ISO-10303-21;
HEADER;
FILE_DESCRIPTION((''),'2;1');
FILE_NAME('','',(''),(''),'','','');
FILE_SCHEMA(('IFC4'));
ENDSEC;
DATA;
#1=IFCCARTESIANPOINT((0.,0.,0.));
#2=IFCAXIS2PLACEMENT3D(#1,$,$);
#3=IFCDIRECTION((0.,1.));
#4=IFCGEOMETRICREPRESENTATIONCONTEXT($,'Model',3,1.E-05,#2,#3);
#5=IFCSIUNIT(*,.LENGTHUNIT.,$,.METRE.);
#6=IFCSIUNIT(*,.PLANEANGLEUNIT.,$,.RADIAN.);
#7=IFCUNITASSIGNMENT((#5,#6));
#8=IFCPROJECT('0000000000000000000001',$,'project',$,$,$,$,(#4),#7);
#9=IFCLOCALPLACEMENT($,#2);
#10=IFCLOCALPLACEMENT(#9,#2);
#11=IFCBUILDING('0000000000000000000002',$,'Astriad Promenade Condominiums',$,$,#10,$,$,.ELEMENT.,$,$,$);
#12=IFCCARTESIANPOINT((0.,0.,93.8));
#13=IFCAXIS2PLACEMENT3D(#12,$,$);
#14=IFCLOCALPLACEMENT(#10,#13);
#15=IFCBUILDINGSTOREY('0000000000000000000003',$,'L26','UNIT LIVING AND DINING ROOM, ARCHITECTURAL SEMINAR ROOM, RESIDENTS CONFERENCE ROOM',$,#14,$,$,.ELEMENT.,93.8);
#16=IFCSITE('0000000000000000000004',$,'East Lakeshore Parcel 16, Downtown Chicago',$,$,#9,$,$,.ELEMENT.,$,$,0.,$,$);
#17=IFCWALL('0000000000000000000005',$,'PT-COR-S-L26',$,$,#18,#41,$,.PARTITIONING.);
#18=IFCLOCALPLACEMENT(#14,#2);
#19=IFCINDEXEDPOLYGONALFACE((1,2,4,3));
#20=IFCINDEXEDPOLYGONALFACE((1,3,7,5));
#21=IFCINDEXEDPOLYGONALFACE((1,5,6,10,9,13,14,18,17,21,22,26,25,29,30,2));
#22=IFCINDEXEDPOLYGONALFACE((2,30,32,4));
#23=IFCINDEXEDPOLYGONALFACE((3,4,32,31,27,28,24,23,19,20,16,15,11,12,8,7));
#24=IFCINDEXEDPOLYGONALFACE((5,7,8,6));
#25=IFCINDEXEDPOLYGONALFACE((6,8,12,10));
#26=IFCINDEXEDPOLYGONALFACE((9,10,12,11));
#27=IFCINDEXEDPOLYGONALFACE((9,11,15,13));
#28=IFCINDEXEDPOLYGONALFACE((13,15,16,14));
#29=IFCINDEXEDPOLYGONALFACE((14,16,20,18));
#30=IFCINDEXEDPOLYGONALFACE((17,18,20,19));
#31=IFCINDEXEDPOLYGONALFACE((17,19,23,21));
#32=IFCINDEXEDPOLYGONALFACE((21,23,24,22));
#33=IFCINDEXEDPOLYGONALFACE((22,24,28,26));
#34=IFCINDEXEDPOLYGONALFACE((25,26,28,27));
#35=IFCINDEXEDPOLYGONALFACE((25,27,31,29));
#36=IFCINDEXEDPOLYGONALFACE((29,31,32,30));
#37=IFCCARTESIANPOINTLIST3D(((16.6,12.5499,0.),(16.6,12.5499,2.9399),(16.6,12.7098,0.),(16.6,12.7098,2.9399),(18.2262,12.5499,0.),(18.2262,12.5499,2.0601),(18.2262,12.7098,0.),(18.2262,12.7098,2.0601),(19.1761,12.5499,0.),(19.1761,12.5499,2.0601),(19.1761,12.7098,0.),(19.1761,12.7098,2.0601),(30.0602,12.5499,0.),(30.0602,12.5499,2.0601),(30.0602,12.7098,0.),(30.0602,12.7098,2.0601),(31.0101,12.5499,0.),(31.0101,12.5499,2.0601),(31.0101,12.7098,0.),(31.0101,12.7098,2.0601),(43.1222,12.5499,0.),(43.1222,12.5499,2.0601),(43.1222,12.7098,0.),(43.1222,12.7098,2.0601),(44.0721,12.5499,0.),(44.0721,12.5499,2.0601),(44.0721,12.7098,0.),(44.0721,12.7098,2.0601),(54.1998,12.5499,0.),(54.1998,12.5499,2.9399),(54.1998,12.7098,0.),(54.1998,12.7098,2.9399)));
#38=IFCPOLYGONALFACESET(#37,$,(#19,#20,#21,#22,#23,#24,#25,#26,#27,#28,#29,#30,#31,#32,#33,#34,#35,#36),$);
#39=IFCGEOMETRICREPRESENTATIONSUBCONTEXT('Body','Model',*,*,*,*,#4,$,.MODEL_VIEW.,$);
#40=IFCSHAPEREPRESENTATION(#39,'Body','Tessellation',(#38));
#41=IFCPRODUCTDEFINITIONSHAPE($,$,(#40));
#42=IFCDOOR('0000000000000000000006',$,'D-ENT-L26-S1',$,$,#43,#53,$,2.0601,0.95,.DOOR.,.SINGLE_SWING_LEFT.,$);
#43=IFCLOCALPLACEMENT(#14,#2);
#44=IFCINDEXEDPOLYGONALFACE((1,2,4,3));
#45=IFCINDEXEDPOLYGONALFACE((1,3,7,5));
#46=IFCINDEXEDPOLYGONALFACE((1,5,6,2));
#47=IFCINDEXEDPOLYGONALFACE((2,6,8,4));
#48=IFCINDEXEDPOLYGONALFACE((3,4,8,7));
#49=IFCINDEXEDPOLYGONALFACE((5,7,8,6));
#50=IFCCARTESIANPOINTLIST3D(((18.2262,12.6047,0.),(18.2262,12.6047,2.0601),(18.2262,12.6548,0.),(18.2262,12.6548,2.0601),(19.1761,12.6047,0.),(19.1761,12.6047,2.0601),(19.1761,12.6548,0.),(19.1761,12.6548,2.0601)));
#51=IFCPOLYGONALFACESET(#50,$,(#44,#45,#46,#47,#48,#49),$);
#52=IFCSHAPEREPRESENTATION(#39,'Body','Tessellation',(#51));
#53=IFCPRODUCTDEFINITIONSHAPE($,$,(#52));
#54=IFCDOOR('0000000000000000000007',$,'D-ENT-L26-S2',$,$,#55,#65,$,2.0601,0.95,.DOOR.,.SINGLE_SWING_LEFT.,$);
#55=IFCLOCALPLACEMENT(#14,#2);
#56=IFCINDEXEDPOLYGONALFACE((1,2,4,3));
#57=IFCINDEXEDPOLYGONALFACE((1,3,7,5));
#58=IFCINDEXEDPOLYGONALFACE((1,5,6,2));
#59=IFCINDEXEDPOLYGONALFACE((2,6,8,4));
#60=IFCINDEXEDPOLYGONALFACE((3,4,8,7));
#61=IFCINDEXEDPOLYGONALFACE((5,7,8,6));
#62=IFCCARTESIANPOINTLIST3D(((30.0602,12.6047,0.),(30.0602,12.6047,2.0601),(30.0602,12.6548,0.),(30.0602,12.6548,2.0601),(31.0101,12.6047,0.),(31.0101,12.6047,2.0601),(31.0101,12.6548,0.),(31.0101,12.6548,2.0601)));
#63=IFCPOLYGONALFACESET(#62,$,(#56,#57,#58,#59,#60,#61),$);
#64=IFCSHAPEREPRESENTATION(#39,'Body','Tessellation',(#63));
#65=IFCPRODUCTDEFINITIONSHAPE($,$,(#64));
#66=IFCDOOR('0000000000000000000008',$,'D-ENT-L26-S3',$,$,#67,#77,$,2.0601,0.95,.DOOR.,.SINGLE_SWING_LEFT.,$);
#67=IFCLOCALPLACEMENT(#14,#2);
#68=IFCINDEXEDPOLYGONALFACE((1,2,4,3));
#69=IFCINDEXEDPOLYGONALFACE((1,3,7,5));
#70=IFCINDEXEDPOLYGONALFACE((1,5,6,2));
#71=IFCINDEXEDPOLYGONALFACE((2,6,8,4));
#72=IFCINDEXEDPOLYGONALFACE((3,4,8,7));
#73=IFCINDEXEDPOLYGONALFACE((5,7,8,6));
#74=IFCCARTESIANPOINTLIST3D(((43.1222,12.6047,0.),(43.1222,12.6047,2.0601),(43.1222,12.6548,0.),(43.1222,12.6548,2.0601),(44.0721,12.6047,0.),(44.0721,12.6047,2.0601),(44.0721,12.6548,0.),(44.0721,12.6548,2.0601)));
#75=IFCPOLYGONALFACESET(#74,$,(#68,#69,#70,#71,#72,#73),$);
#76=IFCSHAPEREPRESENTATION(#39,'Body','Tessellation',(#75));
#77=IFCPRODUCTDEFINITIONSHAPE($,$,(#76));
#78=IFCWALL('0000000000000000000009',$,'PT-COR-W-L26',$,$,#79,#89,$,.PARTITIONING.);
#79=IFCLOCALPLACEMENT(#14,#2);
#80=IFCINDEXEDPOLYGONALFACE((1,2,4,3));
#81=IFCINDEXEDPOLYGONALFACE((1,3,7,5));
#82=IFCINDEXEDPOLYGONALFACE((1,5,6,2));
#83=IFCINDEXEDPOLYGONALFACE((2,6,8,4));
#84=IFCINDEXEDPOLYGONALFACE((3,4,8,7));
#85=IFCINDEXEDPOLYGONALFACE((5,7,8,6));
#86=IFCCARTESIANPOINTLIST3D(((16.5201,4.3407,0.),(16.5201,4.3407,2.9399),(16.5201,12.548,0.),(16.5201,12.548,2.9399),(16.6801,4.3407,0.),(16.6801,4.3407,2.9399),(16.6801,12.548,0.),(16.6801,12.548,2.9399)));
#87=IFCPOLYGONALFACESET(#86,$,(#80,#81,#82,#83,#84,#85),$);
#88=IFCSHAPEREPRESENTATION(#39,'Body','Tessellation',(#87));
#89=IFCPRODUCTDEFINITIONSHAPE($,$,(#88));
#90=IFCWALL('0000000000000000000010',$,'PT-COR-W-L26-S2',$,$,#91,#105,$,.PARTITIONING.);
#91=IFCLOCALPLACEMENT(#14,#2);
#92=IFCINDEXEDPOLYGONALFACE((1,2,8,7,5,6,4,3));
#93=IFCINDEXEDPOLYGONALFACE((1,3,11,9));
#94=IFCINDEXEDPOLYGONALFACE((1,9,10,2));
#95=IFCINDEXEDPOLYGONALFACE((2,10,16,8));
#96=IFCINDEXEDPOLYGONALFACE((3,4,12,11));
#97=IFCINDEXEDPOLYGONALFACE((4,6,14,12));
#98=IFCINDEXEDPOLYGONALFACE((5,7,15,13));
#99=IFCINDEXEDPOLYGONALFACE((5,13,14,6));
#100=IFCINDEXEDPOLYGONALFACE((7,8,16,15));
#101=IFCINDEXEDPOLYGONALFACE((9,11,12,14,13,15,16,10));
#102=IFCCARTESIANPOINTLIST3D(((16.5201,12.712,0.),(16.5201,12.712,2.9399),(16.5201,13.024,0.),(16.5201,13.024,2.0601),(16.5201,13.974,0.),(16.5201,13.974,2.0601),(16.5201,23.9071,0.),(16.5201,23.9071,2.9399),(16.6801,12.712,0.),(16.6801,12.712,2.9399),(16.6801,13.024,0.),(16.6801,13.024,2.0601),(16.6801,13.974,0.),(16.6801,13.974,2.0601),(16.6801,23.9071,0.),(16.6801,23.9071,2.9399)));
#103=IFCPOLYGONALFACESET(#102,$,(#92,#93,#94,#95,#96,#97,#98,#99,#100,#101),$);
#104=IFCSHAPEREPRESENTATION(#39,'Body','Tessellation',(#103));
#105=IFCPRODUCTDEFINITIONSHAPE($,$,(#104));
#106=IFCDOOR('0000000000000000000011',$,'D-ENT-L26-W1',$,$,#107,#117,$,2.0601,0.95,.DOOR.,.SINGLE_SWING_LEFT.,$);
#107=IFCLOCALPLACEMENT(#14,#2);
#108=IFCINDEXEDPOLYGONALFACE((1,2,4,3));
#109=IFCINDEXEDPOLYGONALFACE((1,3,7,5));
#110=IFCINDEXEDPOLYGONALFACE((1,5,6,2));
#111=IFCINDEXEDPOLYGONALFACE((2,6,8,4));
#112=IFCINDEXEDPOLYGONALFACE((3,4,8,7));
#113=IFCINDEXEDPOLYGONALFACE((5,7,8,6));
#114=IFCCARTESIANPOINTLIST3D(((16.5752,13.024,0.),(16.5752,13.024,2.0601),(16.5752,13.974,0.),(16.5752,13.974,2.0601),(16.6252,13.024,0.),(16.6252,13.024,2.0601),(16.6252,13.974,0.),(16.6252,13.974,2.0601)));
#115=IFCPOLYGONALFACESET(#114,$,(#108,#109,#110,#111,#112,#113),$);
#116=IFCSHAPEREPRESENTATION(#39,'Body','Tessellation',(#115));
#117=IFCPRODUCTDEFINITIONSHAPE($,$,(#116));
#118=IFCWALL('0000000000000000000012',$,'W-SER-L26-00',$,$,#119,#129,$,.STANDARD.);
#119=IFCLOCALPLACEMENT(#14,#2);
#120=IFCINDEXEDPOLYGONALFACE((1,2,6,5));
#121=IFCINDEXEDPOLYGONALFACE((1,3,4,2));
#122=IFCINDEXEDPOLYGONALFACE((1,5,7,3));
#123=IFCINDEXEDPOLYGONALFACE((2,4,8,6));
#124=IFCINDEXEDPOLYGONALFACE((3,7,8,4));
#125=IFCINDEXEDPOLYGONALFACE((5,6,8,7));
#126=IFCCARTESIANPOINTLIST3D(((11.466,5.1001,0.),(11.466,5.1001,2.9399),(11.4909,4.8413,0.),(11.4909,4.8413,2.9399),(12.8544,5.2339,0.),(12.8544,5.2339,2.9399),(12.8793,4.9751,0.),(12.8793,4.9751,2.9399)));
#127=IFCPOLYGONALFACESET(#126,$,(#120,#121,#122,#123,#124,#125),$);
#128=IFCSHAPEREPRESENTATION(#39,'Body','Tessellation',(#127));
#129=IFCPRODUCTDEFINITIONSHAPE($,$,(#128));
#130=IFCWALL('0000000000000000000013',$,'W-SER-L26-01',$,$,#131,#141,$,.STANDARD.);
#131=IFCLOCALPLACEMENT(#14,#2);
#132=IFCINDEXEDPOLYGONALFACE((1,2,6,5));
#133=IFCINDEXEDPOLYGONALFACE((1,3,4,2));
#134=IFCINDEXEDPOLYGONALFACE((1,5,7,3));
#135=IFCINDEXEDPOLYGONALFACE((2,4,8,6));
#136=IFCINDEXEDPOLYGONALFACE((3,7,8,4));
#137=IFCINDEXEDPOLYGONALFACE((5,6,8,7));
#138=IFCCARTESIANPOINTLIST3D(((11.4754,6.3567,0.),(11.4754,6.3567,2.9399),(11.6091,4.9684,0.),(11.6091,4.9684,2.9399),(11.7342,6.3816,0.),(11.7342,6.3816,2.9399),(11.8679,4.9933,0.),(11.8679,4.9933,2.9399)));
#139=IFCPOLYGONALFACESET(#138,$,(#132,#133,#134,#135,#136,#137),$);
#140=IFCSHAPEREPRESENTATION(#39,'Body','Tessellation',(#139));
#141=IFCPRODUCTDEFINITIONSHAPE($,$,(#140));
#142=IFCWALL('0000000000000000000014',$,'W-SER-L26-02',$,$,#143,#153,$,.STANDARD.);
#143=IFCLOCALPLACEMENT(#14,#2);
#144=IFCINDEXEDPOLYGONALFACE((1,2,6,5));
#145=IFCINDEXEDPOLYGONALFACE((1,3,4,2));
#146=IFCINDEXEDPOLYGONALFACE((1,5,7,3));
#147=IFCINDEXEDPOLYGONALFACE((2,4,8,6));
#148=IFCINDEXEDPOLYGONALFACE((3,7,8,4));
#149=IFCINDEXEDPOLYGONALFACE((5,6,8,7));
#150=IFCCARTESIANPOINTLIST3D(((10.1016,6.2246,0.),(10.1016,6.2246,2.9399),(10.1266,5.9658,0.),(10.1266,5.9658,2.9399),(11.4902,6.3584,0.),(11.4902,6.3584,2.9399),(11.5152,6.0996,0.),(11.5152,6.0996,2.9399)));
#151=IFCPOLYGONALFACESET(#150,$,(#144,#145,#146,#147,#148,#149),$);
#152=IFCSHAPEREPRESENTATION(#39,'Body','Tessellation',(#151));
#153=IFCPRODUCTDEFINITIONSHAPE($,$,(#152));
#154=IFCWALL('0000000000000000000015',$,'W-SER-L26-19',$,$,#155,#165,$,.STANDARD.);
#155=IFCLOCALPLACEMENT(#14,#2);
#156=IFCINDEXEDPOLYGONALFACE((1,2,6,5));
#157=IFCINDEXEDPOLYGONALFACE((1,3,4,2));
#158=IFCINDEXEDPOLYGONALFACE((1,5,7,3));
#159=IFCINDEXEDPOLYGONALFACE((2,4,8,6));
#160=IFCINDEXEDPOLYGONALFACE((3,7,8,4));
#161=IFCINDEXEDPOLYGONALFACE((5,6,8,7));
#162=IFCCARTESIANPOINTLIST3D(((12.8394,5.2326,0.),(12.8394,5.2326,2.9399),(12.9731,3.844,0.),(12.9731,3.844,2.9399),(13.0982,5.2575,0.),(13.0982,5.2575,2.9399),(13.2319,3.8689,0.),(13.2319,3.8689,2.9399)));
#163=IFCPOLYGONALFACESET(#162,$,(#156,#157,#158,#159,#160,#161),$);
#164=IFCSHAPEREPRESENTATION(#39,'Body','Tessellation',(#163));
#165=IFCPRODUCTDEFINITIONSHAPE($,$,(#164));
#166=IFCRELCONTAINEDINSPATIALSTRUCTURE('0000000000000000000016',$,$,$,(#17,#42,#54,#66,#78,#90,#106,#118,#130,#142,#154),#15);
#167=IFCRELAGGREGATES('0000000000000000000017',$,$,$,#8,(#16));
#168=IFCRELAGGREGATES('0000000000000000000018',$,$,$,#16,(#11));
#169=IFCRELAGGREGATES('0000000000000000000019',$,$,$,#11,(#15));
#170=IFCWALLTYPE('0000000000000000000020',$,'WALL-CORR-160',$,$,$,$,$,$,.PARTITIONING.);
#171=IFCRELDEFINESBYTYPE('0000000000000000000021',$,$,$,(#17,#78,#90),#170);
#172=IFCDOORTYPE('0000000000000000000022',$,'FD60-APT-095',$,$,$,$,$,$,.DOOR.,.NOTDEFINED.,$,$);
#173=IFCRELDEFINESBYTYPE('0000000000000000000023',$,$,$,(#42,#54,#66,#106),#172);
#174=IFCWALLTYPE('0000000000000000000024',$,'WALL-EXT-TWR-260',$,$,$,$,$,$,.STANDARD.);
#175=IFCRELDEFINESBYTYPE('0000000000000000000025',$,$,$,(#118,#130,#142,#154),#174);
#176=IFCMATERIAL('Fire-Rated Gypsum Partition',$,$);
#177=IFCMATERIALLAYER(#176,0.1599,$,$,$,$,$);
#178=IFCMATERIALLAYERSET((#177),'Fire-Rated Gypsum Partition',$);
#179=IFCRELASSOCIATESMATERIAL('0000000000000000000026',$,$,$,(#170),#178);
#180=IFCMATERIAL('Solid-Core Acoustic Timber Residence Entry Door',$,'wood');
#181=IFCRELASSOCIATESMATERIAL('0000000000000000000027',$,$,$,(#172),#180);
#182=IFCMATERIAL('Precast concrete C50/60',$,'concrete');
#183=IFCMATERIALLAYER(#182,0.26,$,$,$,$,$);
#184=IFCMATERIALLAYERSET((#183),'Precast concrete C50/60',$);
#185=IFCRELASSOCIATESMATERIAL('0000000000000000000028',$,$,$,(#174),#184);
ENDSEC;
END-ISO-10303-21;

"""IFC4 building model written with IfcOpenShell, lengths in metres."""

from ifc_helpers import new_model, si_unit, direction, frame, frame_2d, origin, place, context, subcontext, project, spatial, rectangle, extrude, source, transform, mapped, material, layer, layer_set, type_object, type_shapes, element, fill, save


model = new_model("IFC4")

# Units and contexts
model_context = context("Model", 3, precision=1e-05, world=origin(), true_north=direction((0.0, 1.0)))
body_context = subcontext(model_context, "Body", "Model", "MODEL_VIEW")
ifc_project = project(units=[si_unit("LENGTHUNIT", "METRE"), si_unit("PLANEANGLEUNIT", "RADIAN")], contexts=[model_context])

# Site, building, storey
site_placement = place(None, origin())
site = spatial("IfcSite", under=ifc_project, at=site_placement, Name="East Lakeshore Parcel 16, Downtown Chicago", CompositionType="ELEMENT", RefElevation=0.0)
building_placement = place(site_placement, origin())
building = spatial("IfcBuilding", under=site, at=building_placement, Name="Astriad Promenade Condominiums", CompositionType="ELEMENT")
storey_placement = place(building_placement, frame((0.0, 0.0, 93.8)))
storey = spatial("IfcBuildingStorey", under=building, at=storey_placement, Name="L26", Description="UNIT LIVING AND DINING ROOM, ARCHITECTURAL SEMINAR ROOM, RESIDENTS CONFERENCE ROOM", CompositionType="ELEMENT", Elevation=93.8)

# Wall, openings, doors
ifc_material_1 = material(Name="Fire-Rated Gypsum Partition")
ifc_layer_1 = layer(ifc_material_1, 0.1599)
ifc_layer_set_1 = layer_set([ifc_layer_1], Name="Fire-Rated Gypsum Partition")
wall_type_1 = type_object("IfcWallType", Name="WALL-CORR-160", PredefinedType="PARTITIONING", material=ifc_layer_set_1)
wall_1_placement = place(storey_placement, frame((16.6001, 12.6299, 0.0), z_axis=(0.0, 0.0, 1.0), x_axis=(1.0, 0.0, 0.0)))
wall_1 = element("IfcWall", 1, at=wall_1_placement, inside=storey, type_object=wall_type_1, Name="PT-COR-S-L26", PredefinedType="PARTITIONING", context=body_context, shape_type="SweptSolid", body=[
    extrude(rectangle(XDim=37.5999, YDim=0.1599, at=frame_2d((18.7998, 0.0))), origin(), (0.0, 0.0, 1.0), 2.9399),
])
opening_1_placement = place(wall_1_placement, frame((1.626, 0.0, 0.0)))
opening_1 = element("IfcOpeningElement", 2, at=opening_1_placement, cuts=wall_1, PredefinedType="OPENING", context=body_context, shape_type="SweptSolid", body=[
    extrude(rectangle(XDim=0.95, YDim=2.0601, at=frame_2d((0.4751, 1.03))), frame((0.0, 0.0898, 0.0), z_axis=(0.0, -1.0, 0.0), x_axis=(1.0, 0.0, 0.0)), (0.0, 0.0, 1.0), 0.1799),
])
opening_2_placement = place(wall_1_placement, frame((13.46, 0.0, 0.0)))
opening_2 = element("IfcOpeningElement", 3, at=opening_2_placement, cuts=wall_1, PredefinedType="OPENING", context=body_context, shape_type="SweptSolid", body=[
    extrude(rectangle(XDim=0.95, YDim=2.0601, at=frame_2d((0.4751, 1.03))), frame((0.0, 0.0898, 0.0), z_axis=(0.0, -1.0, 0.0), x_axis=(1.0, 0.0, 0.0)), (0.0, 0.0, 1.0), 0.1799),
])
opening_3_placement = place(wall_1_placement, frame((26.522, 0.0, 0.0)))
opening_3 = element("IfcOpeningElement", 4, at=opening_3_placement, cuts=wall_1, PredefinedType="OPENING", context=body_context, shape_type="SweptSolid", body=[
    extrude(rectangle(XDim=0.95, YDim=2.0601, at=frame_2d((0.4751, 1.03))), frame((0.0, 0.0898, 0.0), z_axis=(0.0, -1.0, 0.0), x_axis=(1.0, 0.0, 0.0)), (0.0, 0.0, 1.0), 0.1799),
])
ifc_material_2 = material(Name="Solid-Core Acoustic Timber Residence Entry Door", Category="wood")
door_type_1 = type_object("IfcDoorType", Name="FD60-APT-095", OperationType="NOTDEFINED", PredefinedType="DOOR", material=ifc_material_2)
shared_shape_1 = source(origin(), body_context, "Body", "SweptSolid", [
    extrude(rectangle(XDim=0.95, YDim=2.0601, at=frame_2d((0.4751, 1.03))), frame((0.0, 0.0249, 0.0), z_axis=(0.0, -1.0, 0.0), x_axis=(1.0, 0.0, 0.0)), (0.0, 0.0, 1.0), 0.05),
])
type_shapes(door_type_1, [shared_shape_1])
door_1_placement = place(opening_1_placement, origin())
door_1 = element("IfcDoor", 5, at=door_1_placement, inside=storey, type_object=door_type_1, Name="D-ENT-L26-S1", OperationType="SINGLE_SWING_LEFT", OverallHeight=2.0601, OverallWidth=0.95, PredefinedType="DOOR", context=body_context, shape_type="MappedRepresentation", body=[
    mapped(shared_shape_1, transform((0.0, 0.0, 0.0), scale=1.0)),
])
fill(opening_1, door_1)
door_2_placement = place(opening_2_placement, origin())
door_2 = element("IfcDoor", 6, at=door_2_placement, inside=storey, type_object=door_type_1, Name="D-ENT-L26-S2", OperationType="SINGLE_SWING_LEFT", OverallHeight=2.0601, OverallWidth=0.95, PredefinedType="DOOR", context=body_context, shape_type="MappedRepresentation", body=[
    mapped(shared_shape_1, transform((0.0, 0.0, 0.0), scale=1.0)),
])
fill(opening_2, door_2)
door_3_placement = place(opening_3_placement, origin())
door_3 = element("IfcDoor", 7, at=door_3_placement, inside=storey, type_object=door_type_1, Name="D-ENT-L26-S3", OperationType="SINGLE_SWING_LEFT", OverallHeight=2.0601, OverallWidth=0.95, PredefinedType="DOOR", context=body_context, shape_type="MappedRepresentation", body=[
    mapped(shared_shape_1, transform((0.0, 0.0, 0.0), scale=1.0)),
])
fill(opening_3, door_3)

# Wall
wall_2_placement = place(storey_placement, frame((16.6001, 4.3408, 0.0), z_axis=(0.0, 0.0, 1.0), x_axis=(0.0, 1.0, 0.0)))
element("IfcWall", 8, at=wall_2_placement, inside=storey, type_object=wall_type_1, Name="PT-COR-W-L26", PredefinedType="PARTITIONING", context=body_context, shape_type="SweptSolid", body=[
    extrude(rectangle(XDim=8.2073, YDim=0.1599, at=frame_2d((4.1035, 0.0))), origin(), (0.0, 0.0, 1.0), 2.9399),
])

# Wall, opening, door
wall_3_placement = place(storey_placement, frame((16.6001, 12.7119, 0.0), z_axis=(0.0, 0.0, 1.0), x_axis=(0.0, 1.0, 0.0)))
wall_3 = element("IfcWall", 9, at=wall_3_placement, inside=storey, type_object=wall_type_1, Name="PT-COR-W-L26-S2", PredefinedType="PARTITIONING", context=body_context, shape_type="SweptSolid", body=[
    extrude(rectangle(XDim=11.1951, YDim=0.1599, at=frame_2d((5.5977, 0.0))), origin(), (0.0, 0.0, 1.0), 2.9399),
])
opening_4_placement = place(wall_3_placement, frame((0.312, 0.0, 0.0)))
opening_4 = element("IfcOpeningElement", 10, at=opening_4_placement, cuts=wall_3, PredefinedType="OPENING", context=body_context, shape_type="SweptSolid", body=[
    extrude(rectangle(XDim=0.95, YDim=2.0601, at=frame_2d((0.4751, 1.03))), frame((0.0, 0.0898, 0.0), z_axis=(0.0, -1.0, 0.0), x_axis=(1.0, 0.0, 0.0)), (0.0, 0.0, 1.0), 0.1799),
])
door_4_placement = place(opening_4_placement, origin())
door_4 = element("IfcDoor", 11, at=door_4_placement, inside=storey, type_object=door_type_1, Name="D-ENT-L26-W1", OperationType="SINGLE_SWING_LEFT", OverallHeight=2.0601, OverallWidth=0.95, PredefinedType="DOOR", context=body_context, shape_type="MappedRepresentation", body=[
    mapped(shared_shape_1, transform((0.0, 0.0, 0.0), scale=1.0)),
])
fill(opening_4, door_4)

# Walls
ifc_material_3 = material(Name="Precast concrete C50/60", Category="concrete")
ifc_layer_2 = layer(ifc_material_3, 0.26)
ifc_layer_set_2 = layer_set([ifc_layer_2], Name="Precast concrete C50/60")
wall_type_2 = type_object("IfcWallType", Name="WALL-EXT-TWR-260", PredefinedType="STANDARD", material=ifc_layer_set_2)
for number, where, z_axis, x_axis, name in (
    (12, (12.8667, 5.1045, 0.0), (0.0, 0.0, 1.0), (-0.995389, -0.095916, 0.0), "W-SER-L26-00"),
    (13, (11.7385, 4.981, 0.0), (0.0, 0.0, 1.0), (-0.095916, 0.995389, 0.0), "W-SER-L26-01"),
):
    element("IfcWall", number, at=place(storey_placement, frame(where, z_axis=z_axis, x_axis=x_axis)), inside=storey, type_object=wall_type_2, Name=name, PredefinedType="STANDARD", context=body_context, shape_type="SweptSolid", body=[
        extrude(rectangle(XDim=1.3948, YDim=0.26, at=frame_2d((0.6973, 0.0))), origin(), (0.0, 0.0, 1.0), 2.9399),
    ])
for number, where, z_axis, x_axis, name in (
    (14, (11.5027, 6.229, 0.0), (0.0, 0.0, 1.0), (-0.995391, -0.095899, 0.0), "W-SER-L26-02"),
    (15, (13.1025, 3.8564, 0.0), (0.0, 0.0, 1.0), (-0.095899, 0.995391, 0.0), "W-SER-L26-19"),
):
    element("IfcWall", number, at=place(storey_placement, frame(where, z_axis=z_axis, x_axis=x_axis)), inside=storey, type_object=wall_type_2, Name=name, PredefinedType="STANDARD", context=body_context, shape_type="SweptSolid", body=[
        extrude(rectangle(XDim=1.395, YDim=0.26, at=frame_2d((0.6975, 0.0))), origin(), (0.0, 0.0, 1.0), 2.9399),
    ])

save(model, "model.ifc")
